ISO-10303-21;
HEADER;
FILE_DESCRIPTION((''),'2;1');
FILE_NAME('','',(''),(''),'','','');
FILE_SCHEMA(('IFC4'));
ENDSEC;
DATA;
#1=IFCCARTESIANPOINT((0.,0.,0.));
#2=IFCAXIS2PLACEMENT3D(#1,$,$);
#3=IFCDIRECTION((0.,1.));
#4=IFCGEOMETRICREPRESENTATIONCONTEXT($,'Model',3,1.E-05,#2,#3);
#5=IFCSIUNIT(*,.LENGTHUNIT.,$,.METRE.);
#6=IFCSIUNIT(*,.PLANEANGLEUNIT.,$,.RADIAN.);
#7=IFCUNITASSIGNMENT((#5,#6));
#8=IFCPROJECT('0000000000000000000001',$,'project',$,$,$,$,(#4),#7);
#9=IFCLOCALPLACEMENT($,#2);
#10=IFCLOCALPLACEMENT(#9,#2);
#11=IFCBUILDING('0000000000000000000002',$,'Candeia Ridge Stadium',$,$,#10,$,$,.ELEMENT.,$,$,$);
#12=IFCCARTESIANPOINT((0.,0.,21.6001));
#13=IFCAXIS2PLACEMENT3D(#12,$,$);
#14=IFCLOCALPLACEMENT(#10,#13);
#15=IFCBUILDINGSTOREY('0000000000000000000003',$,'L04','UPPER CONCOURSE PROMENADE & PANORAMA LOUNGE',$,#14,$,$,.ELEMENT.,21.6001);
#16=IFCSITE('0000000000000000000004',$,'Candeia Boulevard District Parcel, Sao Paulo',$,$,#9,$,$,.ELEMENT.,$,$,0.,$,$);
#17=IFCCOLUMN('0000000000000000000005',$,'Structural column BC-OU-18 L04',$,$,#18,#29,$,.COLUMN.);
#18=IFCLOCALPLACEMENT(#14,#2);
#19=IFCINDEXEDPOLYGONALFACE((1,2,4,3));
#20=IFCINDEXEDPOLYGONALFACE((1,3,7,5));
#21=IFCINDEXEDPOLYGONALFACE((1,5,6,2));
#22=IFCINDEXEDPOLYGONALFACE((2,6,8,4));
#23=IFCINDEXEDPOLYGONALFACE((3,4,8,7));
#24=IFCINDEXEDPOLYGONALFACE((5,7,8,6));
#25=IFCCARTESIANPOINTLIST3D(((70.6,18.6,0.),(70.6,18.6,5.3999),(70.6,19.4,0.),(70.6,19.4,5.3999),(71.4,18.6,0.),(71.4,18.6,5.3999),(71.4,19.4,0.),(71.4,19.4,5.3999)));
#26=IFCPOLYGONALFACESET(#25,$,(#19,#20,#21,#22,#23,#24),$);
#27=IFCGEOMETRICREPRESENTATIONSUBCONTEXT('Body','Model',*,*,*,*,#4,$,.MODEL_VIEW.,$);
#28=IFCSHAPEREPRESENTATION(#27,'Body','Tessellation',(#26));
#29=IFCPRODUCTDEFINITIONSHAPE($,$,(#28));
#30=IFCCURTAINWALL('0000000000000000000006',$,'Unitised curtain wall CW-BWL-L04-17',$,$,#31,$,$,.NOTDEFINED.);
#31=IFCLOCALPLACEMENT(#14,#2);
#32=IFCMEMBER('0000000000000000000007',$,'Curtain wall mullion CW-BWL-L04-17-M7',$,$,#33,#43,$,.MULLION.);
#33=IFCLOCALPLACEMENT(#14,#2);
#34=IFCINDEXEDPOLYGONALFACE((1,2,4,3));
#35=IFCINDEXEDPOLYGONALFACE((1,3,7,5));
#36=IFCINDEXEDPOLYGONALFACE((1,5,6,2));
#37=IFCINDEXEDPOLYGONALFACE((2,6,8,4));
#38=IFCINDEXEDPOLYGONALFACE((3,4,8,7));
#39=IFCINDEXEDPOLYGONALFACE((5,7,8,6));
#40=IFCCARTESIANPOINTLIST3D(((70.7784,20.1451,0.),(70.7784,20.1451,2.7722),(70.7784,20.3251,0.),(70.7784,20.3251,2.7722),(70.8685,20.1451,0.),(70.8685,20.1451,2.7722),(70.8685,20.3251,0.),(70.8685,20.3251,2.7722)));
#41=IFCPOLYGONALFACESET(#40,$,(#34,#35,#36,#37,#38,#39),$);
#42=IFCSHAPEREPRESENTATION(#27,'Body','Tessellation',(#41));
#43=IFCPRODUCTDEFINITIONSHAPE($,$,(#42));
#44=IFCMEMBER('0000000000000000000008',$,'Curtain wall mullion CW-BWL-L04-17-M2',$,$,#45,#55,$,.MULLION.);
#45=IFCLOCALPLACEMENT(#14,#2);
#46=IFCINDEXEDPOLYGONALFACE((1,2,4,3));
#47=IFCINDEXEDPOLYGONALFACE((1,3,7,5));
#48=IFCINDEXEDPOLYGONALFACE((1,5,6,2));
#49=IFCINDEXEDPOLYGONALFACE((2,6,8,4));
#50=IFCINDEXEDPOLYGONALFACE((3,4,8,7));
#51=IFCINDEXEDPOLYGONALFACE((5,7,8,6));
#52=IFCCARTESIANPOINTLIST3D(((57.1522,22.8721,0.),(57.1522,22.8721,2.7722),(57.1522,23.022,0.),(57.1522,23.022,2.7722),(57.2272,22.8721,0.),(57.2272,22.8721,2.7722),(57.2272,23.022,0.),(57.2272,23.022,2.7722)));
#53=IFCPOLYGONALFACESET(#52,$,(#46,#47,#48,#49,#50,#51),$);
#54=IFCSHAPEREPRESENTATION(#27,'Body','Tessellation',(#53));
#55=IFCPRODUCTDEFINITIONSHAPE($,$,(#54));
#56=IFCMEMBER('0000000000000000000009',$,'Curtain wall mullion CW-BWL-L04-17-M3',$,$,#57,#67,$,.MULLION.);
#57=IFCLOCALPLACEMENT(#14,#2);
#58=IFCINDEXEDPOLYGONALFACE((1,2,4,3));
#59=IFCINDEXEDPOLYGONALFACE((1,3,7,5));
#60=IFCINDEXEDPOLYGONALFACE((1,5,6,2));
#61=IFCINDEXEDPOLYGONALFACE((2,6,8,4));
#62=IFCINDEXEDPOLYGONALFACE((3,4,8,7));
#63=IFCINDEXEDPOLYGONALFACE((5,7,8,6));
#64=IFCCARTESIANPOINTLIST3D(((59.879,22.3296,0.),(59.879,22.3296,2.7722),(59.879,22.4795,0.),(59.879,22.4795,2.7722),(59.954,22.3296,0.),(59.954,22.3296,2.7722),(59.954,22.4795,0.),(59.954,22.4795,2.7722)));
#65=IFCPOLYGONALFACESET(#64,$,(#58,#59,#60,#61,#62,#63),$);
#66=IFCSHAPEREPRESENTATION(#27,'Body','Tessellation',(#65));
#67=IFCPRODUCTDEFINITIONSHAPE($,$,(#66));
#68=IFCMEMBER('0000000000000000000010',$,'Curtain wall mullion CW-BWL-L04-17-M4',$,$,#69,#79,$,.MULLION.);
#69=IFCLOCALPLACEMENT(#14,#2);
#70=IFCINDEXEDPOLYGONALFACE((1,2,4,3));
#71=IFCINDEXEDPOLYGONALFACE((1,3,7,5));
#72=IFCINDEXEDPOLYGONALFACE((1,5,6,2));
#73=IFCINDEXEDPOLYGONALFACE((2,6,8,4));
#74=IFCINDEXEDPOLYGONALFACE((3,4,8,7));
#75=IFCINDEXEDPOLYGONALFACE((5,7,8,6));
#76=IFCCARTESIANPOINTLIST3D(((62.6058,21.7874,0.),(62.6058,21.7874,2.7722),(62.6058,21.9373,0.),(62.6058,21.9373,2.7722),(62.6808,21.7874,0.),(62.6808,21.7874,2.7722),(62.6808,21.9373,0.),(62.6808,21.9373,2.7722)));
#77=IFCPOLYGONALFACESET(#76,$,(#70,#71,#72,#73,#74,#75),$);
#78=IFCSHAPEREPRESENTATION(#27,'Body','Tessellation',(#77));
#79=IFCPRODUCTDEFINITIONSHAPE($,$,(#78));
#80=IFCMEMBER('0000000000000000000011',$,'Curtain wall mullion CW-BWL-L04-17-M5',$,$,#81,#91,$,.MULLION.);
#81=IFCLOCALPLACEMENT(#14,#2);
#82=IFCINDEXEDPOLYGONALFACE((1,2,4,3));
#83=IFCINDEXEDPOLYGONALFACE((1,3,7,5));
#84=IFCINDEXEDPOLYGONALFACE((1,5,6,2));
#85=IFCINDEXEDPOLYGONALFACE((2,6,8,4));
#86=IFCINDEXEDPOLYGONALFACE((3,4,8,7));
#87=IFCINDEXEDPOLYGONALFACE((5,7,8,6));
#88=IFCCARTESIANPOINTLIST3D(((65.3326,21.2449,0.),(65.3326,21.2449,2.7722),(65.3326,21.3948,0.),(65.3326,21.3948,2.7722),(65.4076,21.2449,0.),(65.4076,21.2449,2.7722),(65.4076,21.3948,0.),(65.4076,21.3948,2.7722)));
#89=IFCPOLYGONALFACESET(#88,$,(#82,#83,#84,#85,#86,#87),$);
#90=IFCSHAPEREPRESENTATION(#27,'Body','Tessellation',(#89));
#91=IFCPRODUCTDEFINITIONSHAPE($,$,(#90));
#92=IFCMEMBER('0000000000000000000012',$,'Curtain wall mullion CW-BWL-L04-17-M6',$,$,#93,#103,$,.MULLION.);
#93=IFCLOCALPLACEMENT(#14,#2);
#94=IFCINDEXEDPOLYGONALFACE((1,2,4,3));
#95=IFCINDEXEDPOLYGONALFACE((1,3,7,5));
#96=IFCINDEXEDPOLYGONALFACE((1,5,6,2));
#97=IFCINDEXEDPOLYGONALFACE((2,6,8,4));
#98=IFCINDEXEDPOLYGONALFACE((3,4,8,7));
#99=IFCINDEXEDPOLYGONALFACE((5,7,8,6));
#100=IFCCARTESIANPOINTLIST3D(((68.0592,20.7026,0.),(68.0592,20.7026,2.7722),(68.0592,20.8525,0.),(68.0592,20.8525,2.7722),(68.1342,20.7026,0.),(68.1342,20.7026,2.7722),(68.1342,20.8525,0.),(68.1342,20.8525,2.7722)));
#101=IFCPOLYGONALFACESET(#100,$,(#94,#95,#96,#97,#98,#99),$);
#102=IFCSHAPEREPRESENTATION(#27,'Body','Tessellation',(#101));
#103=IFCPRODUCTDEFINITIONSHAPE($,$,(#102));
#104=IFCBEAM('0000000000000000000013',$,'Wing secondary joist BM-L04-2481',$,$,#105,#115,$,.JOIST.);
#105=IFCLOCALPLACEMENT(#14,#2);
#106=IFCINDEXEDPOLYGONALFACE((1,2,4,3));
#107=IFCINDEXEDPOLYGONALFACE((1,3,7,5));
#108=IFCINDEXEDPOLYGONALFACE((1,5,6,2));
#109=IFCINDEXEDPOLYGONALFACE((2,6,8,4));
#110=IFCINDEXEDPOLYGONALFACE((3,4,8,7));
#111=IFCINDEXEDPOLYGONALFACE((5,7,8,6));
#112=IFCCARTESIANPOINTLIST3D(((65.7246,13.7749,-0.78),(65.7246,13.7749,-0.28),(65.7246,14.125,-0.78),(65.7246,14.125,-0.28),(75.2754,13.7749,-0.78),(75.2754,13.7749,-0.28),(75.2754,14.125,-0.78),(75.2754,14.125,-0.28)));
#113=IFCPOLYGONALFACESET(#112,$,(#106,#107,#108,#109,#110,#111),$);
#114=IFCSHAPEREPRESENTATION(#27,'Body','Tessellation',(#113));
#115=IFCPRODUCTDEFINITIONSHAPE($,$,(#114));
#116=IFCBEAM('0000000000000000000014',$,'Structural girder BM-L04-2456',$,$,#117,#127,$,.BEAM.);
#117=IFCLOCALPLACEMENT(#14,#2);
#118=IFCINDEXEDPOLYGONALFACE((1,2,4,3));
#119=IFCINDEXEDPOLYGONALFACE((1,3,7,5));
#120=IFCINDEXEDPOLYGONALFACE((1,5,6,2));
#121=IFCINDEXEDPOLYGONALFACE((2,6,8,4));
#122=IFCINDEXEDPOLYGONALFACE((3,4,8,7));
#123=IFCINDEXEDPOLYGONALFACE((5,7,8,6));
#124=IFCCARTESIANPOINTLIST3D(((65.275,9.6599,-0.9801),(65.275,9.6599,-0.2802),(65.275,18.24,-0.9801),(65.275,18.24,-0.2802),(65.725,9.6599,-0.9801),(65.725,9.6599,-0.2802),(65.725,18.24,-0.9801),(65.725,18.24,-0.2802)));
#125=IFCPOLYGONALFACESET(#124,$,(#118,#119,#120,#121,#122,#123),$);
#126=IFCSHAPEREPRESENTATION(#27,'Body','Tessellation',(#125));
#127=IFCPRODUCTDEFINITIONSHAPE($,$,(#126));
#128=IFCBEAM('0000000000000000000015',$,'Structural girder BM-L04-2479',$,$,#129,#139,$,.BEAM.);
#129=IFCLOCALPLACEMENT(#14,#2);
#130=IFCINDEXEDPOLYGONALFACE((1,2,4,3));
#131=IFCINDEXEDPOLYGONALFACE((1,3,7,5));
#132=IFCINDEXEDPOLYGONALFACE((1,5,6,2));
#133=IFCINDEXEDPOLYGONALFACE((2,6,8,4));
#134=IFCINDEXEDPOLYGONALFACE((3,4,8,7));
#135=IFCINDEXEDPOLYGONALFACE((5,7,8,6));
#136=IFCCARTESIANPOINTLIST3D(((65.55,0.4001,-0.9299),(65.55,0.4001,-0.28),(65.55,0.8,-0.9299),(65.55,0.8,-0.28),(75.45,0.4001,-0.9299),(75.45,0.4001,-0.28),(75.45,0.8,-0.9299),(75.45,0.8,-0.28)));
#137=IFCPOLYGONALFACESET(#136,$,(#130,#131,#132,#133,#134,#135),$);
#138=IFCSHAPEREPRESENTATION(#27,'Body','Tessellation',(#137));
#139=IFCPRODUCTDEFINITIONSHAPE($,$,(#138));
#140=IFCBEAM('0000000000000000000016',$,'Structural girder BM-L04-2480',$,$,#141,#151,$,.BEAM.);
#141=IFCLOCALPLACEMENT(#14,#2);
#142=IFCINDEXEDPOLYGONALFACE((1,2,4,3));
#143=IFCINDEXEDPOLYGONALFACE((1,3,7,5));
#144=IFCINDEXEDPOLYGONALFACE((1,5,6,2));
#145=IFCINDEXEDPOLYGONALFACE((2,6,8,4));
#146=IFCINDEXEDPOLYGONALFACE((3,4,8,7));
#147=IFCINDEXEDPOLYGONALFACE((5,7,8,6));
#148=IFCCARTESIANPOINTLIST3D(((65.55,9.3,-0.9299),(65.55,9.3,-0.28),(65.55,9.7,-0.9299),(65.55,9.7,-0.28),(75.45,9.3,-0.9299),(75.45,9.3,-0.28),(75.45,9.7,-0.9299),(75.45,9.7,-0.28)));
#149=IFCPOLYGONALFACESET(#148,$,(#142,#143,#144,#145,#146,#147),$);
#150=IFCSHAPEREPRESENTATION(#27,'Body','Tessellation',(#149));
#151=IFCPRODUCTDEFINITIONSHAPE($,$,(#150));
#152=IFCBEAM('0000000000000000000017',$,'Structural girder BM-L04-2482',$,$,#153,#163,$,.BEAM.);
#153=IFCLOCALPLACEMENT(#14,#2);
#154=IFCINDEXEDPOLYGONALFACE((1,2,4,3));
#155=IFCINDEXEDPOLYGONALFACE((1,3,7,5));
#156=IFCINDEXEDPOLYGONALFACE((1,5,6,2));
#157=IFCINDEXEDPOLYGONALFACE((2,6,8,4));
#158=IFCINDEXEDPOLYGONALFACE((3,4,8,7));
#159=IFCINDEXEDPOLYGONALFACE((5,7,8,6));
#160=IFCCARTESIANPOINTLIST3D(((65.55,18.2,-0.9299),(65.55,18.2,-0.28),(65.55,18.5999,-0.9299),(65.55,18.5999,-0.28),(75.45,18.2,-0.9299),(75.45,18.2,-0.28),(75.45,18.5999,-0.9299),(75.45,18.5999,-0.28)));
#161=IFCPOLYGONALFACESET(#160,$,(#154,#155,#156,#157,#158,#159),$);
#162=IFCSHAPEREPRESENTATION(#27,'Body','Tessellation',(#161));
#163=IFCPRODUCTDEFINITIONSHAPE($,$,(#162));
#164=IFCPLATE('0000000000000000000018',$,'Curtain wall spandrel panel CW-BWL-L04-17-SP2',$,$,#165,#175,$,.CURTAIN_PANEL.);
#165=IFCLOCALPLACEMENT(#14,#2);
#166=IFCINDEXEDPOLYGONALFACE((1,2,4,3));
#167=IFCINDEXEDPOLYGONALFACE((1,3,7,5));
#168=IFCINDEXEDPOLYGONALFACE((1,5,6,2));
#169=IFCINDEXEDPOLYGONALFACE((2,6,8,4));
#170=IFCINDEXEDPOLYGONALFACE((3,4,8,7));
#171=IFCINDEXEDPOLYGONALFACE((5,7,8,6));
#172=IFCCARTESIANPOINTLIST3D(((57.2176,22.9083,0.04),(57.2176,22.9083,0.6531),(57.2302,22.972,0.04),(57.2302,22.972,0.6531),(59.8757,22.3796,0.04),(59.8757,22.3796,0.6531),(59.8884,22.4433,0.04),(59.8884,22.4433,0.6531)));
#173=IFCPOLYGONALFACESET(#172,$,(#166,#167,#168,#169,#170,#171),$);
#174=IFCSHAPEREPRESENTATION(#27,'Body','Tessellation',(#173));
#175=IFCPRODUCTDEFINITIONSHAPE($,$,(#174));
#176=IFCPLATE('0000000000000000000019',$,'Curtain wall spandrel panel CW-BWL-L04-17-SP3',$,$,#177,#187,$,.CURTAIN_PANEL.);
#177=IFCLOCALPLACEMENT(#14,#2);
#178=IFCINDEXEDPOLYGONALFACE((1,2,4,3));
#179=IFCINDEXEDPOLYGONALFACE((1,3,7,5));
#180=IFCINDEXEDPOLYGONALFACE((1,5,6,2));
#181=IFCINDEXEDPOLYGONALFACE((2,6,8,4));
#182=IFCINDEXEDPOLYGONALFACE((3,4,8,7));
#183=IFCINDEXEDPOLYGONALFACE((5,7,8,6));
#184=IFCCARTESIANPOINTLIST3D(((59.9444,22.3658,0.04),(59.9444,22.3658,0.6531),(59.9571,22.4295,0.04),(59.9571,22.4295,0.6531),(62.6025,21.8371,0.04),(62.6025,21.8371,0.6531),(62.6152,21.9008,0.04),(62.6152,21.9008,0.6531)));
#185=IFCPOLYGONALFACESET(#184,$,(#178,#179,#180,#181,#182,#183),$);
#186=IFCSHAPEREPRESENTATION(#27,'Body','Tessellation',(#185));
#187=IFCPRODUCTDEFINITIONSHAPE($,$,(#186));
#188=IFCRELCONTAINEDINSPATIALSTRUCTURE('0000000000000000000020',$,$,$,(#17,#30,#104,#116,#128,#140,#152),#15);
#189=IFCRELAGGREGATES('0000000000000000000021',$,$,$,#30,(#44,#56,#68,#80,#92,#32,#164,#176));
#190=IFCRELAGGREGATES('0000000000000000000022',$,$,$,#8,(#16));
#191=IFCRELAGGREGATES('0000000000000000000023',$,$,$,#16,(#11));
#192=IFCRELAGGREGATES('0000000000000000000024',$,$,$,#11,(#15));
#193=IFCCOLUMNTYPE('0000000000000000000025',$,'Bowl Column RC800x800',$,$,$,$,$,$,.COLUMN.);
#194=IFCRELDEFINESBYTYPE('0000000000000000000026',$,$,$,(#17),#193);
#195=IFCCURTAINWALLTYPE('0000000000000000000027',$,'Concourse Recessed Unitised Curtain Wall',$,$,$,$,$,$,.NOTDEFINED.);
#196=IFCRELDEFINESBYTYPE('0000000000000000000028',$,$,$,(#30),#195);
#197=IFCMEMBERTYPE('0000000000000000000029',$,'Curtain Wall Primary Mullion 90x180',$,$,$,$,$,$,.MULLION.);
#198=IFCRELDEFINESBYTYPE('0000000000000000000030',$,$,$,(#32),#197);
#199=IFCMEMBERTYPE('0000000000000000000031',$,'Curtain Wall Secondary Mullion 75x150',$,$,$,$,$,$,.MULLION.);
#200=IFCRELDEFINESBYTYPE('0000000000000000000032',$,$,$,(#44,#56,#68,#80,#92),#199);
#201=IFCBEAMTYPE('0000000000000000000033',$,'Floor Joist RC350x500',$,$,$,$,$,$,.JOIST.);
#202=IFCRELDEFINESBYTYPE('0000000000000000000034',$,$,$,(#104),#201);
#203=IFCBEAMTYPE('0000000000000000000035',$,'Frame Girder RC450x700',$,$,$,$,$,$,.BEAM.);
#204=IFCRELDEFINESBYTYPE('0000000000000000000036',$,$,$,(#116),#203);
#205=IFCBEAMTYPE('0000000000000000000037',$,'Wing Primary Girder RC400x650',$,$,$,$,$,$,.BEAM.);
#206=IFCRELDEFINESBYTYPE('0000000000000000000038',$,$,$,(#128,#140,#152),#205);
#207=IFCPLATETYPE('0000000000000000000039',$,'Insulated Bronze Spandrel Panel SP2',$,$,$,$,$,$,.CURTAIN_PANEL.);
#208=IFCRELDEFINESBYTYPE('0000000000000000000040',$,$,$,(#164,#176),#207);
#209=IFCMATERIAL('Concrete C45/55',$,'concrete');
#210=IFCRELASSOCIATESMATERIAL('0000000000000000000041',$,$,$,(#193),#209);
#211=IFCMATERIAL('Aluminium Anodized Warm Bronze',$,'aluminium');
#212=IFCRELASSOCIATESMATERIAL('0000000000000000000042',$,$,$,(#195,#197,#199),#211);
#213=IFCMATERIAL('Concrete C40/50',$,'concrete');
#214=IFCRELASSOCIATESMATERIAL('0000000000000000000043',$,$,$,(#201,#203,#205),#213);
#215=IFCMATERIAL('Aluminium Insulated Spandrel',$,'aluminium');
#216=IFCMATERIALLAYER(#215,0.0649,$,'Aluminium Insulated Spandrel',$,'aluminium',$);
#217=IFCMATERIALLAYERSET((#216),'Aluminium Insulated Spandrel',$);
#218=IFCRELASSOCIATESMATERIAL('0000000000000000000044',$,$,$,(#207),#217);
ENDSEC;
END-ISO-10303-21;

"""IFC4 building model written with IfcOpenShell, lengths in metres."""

from ifc_helpers import new_model, si_unit, direction, frame, origin, origin_2d, place, context, subcontext, project, spatial, rectangle, extrude, material, layer, layer_set, material_profile, profile_set, type_object, element, aggregate, save


model = new_model("IFC4")

# Units and contexts
model_context = context("Model", 3, precision=1e-05, world=origin(), true_north=direction((0.0, 1.0)))
body_context = subcontext(model_context, "Body", "Model", "MODEL_VIEW")
ifc_project = project(units=[si_unit("LENGTHUNIT", "METRE"), si_unit("PLANEANGLEUNIT", "RADIAN")], contexts=[model_context])

# Site, building, storey
site_placement = place(None, origin())
site = spatial("IfcSite", under=ifc_project, at=site_placement, Name="Candeia Boulevard District Parcel, Sao Paulo", CompositionType="ELEMENT", RefElevation=0.0)
building_placement = place(site_placement, origin())
building = spatial("IfcBuilding", under=site, at=building_placement, Name="Candeia Ridge Stadium", CompositionType="ELEMENT")
storey_placement = place(building_placement, frame((0.0, 0.0, 21.6001)))
storey = spatial("IfcBuildingStorey", under=building, at=storey_placement, Name="L04", Description="UPPER CONCOURSE PROMENADE & PANORAMA LOUNGE", CompositionType="ELEMENT", Elevation=21.6001)

# Column
ifc_material_1 = material(Name="Concrete C45/55", Category="concrete")
ifc_material_profile_1 = material_profile(ifc_material_1, rectangle(XDim=0.8, YDim=0.8, at=origin_2d()), Name="RC800x800", Category="concrete")
ifc_profile_set_1 = profile_set([ifc_material_profile_1], Name="Concrete C45/55")
column_type = type_object("IfcColumnType", Name="Bowl Column RC800x800", PredefinedType="COLUMN", material=ifc_profile_set_1)
column_placement = place(storey_placement, frame((71.0, 19.0, 0.0), z_axis=(0.0, 0.0, 1.0), x_axis=(1.0, 0.0, 0.0)))
element("IfcColumn", 1, at=column_placement, inside=storey, type_object=column_type, Name="Structural column BC-OU-18 L04", PredefinedType="COLUMN", context=body_context, shape_type="SweptSolid", body=[
    extrude(rectangle(XDim=0.8, YDim=0.8, at=origin_2d()), origin(), (0.0, 0.0, 1.0), 5.3999),
])

# Curtain wall, members
ifc_material_2 = material(Name="Aluminium Anodized Warm Bronze", Category="aluminium")
curtain_wall_type = type_object("IfcCurtainWallType", Name="Concourse Recessed Unitised Curtain Wall", PredefinedType="NOTDEFINED", material=ifc_material_2)
curtain_wall_placement = place(storey_placement, origin())
curtain_wall = element("IfcCurtainWall", 2, at=curtain_wall_placement, inside=storey, type_object=curtain_wall_type, Name="Unitised curtain wall CW-BWL-L04-17", PredefinedType="NOTDEFINED")
ifc_material_profile_2 = material_profile(ifc_material_2, rectangle(XDim=0.0901, YDim=0.1799, at=origin_2d()), Name="CWM-90x180", Category="aluminium")
ifc_profile_set_2 = profile_set([ifc_material_profile_2], Name="Aluminium Anodized Warm Bronze")
member_type_1 = type_object("IfcMemberType", Name="Curtain Wall Primary Mullion 90x180", PredefinedType="MULLION", material=ifc_profile_set_2)
member_1_placement = place(storey_placement, frame((70.8235, 20.2351, 0.0), z_axis=(0.0, 0.0, 1.0), x_axis=(1.0, 0.0, 0.0)))
member_1 = element("IfcMember", 3, at=member_1_placement, type_object=member_type_1, Name="Curtain wall mullion CW-BWL-L04-17-M7", PredefinedType="MULLION", context=body_context, shape_type="SweptSolid", body=[
    extrude(rectangle(XDim=0.0901, YDim=0.1799, at=origin_2d()), origin(), (0.0, 0.0, 1.0), 2.7722),
])
ifc_material_profile_3 = material_profile(ifc_material_2, rectangle(XDim=0.075, YDim=0.1499, at=origin_2d()), Name="CWM-75x150", Category="aluminium")
ifc_profile_set_3 = profile_set([ifc_material_profile_3], Name="Aluminium Anodized Warm Bronze")
member_type_2 = type_object("IfcMemberType", Name="Curtain Wall Secondary Mullion 75x150", PredefinedType="MULLION", material=ifc_profile_set_3)
member_2_placement = place(storey_placement, frame((57.1897, 22.947, 0.0), z_axis=(0.0, 0.0, 1.0), x_axis=(1.0, 0.0, 0.0)))
member_2 = element("IfcMember", 4, at=member_2_placement, type_object=member_type_2, Name="Curtain wall mullion CW-BWL-L04-17-M2", PredefinedType="MULLION", context=body_context, shape_type="SweptSolid", body=[
    extrude(rectangle(XDim=0.075, YDim=0.1499, at=origin_2d()), origin(), (0.0, 0.0, 1.0), 2.7722),
])
member_3_placement = place(storey_placement, frame((59.9165, 22.4045, 0.0), z_axis=(0.0, 0.0, 1.0), x_axis=(1.0, 0.0, 0.0)))
member_3 = element("IfcMember", 5, at=member_3_placement, type_object=member_type_2, Name="Curtain wall mullion CW-BWL-L04-17-M3", PredefinedType="MULLION", context=body_context, shape_type="SweptSolid", body=[
    extrude(rectangle(XDim=0.075, YDim=0.1499, at=origin_2d()), origin(), (0.0, 0.0, 1.0), 2.7722),
])
member_4_placement = place(storey_placement, frame((62.6433, 21.8623, 0.0), z_axis=(0.0, 0.0, 1.0), x_axis=(1.0, 0.0, 0.0)))
member_4 = element("IfcMember", 6, at=member_4_placement, type_object=member_type_2, Name="Curtain wall mullion CW-BWL-L04-17-M4", PredefinedType="MULLION", context=body_context, shape_type="SweptSolid", body=[
    extrude(rectangle(XDim=0.075, YDim=0.1499, at=origin_2d()), origin(), (0.0, 0.0, 1.0), 2.7722),
])
member_5_placement = place(storey_placement, frame((65.3701, 21.3198, 0.0), z_axis=(0.0, 0.0, 1.0), x_axis=(1.0, 0.0, 0.0)))
member_5 = element("IfcMember", 7, at=member_5_placement, type_object=member_type_2, Name="Curtain wall mullion CW-BWL-L04-17-M5", PredefinedType="MULLION", context=body_context, shape_type="SweptSolid", body=[
    extrude(rectangle(XDim=0.075, YDim=0.1499, at=origin_2d()), origin(), (0.0, 0.0, 1.0), 2.7722),
])
member_6_placement = place(storey_placement, frame((68.0967, 20.7776, 0.0), z_axis=(0.0, 0.0, 1.0), x_axis=(1.0, 0.0, 0.0)))
member_6 = element("IfcMember", 8, at=member_6_placement, type_object=member_type_2, Name="Curtain wall mullion CW-BWL-L04-17-M6", PredefinedType="MULLION", context=body_context, shape_type="SweptSolid", body=[
    extrude(rectangle(XDim=0.075, YDim=0.1499, at=origin_2d()), origin(), (0.0, 0.0, 1.0), 2.7722),
])

# Beams
ifc_material_3 = material(Name="Concrete C40/50", Category="concrete")
ifc_material_profile_4 = material_profile(ifc_material_3, rectangle(XDim=0.3501, YDim=0.5, at=origin_2d()), Name="RC350x500", Category="concrete")
ifc_profile_set_4 = profile_set([ifc_material_profile_4], Name="Concrete C40/50")
beam_type_1 = type_object("IfcBeamType", Name="Floor Joist RC350x500", PredefinedType="JOIST", material=ifc_profile_set_4)
beam_1_placement = place(storey_placement, frame((65.7246, 13.95, -0.53), z_axis=(1.0, 0.0, 0.0), x_axis=(0.0, 1.0, 0.0)))
element("IfcBeam", 9, at=beam_1_placement, inside=storey, type_object=beam_type_1, Name="Wing secondary joist BM-L04-2481", PredefinedType="JOIST", context=body_context, shape_type="SweptSolid", body=[
    extrude(rectangle(XDim=0.3501, YDim=0.5, at=origin_2d()), origin(), (0.0, 0.0, 1.0), 9.5508),
])
ifc_material_profile_5 = material_profile(ifc_material_3, rectangle(XDim=0.45, YDim=0.7, at=origin_2d()), Name="RC450x700", Category="concrete")
ifc_profile_set_5 = profile_set([ifc_material_profile_5], Name="Concrete C40/50")
beam_type_2 = type_object("IfcBeamType", Name="Frame Girder RC450x700", PredefinedType="BEAM", material=ifc_profile_set_5)
beam_2_placement = place(storey_placement, frame((65.5, 9.6599, -0.6301), z_axis=(0.0, 1.0, 0.0), x_axis=(-1.0, 0.0, 0.0)))
element("IfcBeam", 10, at=beam_2_placement, inside=storey, type_object=beam_type_2, Name="Structural girder BM-L04-2456", PredefinedType="BEAM", context=body_context, shape_type="SweptSolid", body=[
    extrude(rectangle(XDim=0.45, YDim=0.7, at=origin_2d()), origin(), (0.0, 0.0, 1.0), 8.5801),
])
ifc_material_profile_6 = material_profile(ifc_material_3, rectangle(XDim=0.3999, YDim=0.6499, at=origin_2d()), Name="RC400x650", Category="concrete")
ifc_profile_set_6 = profile_set([ifc_material_profile_6], Name="Concrete C40/50")
beam_type_3 = type_object("IfcBeamType", Name="Wing Primary Girder RC400x650", PredefinedType="BEAM", material=ifc_profile_set_6)
for number, where, z_axis, x_axis, name in (
    (11, (65.55, 0.6001, -0.605), (1.0, 0.0, 0.0), (0.0, 1.0, 0.0), "Structural girder BM-L04-2479"),
    (12, (65.55, 9.5, -0.605), (1.0, 0.0, 0.0), (0.0, 1.0, 0.0), "Structural girder BM-L04-2480"),
    (13, (65.55, 18.3999, -0.605), (1.0, 0.0, 0.0), (0.0, 1.0, 0.0), "Structural girder BM-L04-2482"),
):
    element("IfcBeam", number, at=place(storey_placement, frame(where, z_axis=z_axis, x_axis=x_axis)), inside=storey, type_object=beam_type_3, Name=name, PredefinedType="BEAM", context=body_context, shape_type="SweptSolid", body=[
        extrude(rectangle(XDim=0.3999, YDim=0.6499, at=origin_2d()), origin(), (0.0, 0.0, 1.0), 9.8999),
    ])

# Plates
ifc_material_4 = material(Name="Aluminium Insulated Spandrel", Category="aluminium")
ifc_layer_1 = layer(ifc_material_4, 0.0649, Name="Aluminium Insulated Spandrel", Category="aluminium")
ifc_layer_set_1 = layer_set([ifc_layer_1], Name="Aluminium Insulated Spandrel")
plate_type_1 = type_object("IfcPlateType", Name="Insulated Bronze Spandrel Panel SP2", PredefinedType="CURTAIN_PANEL", material=ifc_layer_set_1)
plate_1_placement = place(storey_placement, frame((58.553, 22.6758, 0.04), z_axis=(0.0, 0.0, 1.0), x_axis=(0.980785, -0.19509, 0.0)))
plate_1 = element("IfcPlate", 14, at=plate_1_placement, type_object=plate_type_1, Name="Curtain wall spandrel panel CW-BWL-L04-17-SP2", PredefinedType="CURTAIN_PANEL", context=body_context, shape_type="SweptSolid", body=[
    extrude(rectangle(XDim=2.7102, YDim=0.0649, at=origin_2d()), origin(), (0.0, 0.0, 1.0), 0.613),
])
plate_2_placement = place(storey_placement, frame((61.2798, 22.1333, 0.04), z_axis=(0.0, 0.0, 1.0), x_axis=(0.980785, -0.19509, 0.0)))
plate_2 = element("IfcPlate", 15, at=plate_2_placement, type_object=plate_type_1, Name="Curtain wall spandrel panel CW-BWL-L04-17-SP3", PredefinedType="CURTAIN_PANEL", context=body_context, shape_type="SweptSolid", body=[
    extrude(rectangle(XDim=2.7102, YDim=0.0649, at=origin_2d()), origin(), (0.0, 0.0, 1.0), 0.613),
])
aggregate(curtain_wall, [member_2, member_3, member_4, member_5, member_6, member_1, plate_1, plate_2])

save(model, "model.ifc")
